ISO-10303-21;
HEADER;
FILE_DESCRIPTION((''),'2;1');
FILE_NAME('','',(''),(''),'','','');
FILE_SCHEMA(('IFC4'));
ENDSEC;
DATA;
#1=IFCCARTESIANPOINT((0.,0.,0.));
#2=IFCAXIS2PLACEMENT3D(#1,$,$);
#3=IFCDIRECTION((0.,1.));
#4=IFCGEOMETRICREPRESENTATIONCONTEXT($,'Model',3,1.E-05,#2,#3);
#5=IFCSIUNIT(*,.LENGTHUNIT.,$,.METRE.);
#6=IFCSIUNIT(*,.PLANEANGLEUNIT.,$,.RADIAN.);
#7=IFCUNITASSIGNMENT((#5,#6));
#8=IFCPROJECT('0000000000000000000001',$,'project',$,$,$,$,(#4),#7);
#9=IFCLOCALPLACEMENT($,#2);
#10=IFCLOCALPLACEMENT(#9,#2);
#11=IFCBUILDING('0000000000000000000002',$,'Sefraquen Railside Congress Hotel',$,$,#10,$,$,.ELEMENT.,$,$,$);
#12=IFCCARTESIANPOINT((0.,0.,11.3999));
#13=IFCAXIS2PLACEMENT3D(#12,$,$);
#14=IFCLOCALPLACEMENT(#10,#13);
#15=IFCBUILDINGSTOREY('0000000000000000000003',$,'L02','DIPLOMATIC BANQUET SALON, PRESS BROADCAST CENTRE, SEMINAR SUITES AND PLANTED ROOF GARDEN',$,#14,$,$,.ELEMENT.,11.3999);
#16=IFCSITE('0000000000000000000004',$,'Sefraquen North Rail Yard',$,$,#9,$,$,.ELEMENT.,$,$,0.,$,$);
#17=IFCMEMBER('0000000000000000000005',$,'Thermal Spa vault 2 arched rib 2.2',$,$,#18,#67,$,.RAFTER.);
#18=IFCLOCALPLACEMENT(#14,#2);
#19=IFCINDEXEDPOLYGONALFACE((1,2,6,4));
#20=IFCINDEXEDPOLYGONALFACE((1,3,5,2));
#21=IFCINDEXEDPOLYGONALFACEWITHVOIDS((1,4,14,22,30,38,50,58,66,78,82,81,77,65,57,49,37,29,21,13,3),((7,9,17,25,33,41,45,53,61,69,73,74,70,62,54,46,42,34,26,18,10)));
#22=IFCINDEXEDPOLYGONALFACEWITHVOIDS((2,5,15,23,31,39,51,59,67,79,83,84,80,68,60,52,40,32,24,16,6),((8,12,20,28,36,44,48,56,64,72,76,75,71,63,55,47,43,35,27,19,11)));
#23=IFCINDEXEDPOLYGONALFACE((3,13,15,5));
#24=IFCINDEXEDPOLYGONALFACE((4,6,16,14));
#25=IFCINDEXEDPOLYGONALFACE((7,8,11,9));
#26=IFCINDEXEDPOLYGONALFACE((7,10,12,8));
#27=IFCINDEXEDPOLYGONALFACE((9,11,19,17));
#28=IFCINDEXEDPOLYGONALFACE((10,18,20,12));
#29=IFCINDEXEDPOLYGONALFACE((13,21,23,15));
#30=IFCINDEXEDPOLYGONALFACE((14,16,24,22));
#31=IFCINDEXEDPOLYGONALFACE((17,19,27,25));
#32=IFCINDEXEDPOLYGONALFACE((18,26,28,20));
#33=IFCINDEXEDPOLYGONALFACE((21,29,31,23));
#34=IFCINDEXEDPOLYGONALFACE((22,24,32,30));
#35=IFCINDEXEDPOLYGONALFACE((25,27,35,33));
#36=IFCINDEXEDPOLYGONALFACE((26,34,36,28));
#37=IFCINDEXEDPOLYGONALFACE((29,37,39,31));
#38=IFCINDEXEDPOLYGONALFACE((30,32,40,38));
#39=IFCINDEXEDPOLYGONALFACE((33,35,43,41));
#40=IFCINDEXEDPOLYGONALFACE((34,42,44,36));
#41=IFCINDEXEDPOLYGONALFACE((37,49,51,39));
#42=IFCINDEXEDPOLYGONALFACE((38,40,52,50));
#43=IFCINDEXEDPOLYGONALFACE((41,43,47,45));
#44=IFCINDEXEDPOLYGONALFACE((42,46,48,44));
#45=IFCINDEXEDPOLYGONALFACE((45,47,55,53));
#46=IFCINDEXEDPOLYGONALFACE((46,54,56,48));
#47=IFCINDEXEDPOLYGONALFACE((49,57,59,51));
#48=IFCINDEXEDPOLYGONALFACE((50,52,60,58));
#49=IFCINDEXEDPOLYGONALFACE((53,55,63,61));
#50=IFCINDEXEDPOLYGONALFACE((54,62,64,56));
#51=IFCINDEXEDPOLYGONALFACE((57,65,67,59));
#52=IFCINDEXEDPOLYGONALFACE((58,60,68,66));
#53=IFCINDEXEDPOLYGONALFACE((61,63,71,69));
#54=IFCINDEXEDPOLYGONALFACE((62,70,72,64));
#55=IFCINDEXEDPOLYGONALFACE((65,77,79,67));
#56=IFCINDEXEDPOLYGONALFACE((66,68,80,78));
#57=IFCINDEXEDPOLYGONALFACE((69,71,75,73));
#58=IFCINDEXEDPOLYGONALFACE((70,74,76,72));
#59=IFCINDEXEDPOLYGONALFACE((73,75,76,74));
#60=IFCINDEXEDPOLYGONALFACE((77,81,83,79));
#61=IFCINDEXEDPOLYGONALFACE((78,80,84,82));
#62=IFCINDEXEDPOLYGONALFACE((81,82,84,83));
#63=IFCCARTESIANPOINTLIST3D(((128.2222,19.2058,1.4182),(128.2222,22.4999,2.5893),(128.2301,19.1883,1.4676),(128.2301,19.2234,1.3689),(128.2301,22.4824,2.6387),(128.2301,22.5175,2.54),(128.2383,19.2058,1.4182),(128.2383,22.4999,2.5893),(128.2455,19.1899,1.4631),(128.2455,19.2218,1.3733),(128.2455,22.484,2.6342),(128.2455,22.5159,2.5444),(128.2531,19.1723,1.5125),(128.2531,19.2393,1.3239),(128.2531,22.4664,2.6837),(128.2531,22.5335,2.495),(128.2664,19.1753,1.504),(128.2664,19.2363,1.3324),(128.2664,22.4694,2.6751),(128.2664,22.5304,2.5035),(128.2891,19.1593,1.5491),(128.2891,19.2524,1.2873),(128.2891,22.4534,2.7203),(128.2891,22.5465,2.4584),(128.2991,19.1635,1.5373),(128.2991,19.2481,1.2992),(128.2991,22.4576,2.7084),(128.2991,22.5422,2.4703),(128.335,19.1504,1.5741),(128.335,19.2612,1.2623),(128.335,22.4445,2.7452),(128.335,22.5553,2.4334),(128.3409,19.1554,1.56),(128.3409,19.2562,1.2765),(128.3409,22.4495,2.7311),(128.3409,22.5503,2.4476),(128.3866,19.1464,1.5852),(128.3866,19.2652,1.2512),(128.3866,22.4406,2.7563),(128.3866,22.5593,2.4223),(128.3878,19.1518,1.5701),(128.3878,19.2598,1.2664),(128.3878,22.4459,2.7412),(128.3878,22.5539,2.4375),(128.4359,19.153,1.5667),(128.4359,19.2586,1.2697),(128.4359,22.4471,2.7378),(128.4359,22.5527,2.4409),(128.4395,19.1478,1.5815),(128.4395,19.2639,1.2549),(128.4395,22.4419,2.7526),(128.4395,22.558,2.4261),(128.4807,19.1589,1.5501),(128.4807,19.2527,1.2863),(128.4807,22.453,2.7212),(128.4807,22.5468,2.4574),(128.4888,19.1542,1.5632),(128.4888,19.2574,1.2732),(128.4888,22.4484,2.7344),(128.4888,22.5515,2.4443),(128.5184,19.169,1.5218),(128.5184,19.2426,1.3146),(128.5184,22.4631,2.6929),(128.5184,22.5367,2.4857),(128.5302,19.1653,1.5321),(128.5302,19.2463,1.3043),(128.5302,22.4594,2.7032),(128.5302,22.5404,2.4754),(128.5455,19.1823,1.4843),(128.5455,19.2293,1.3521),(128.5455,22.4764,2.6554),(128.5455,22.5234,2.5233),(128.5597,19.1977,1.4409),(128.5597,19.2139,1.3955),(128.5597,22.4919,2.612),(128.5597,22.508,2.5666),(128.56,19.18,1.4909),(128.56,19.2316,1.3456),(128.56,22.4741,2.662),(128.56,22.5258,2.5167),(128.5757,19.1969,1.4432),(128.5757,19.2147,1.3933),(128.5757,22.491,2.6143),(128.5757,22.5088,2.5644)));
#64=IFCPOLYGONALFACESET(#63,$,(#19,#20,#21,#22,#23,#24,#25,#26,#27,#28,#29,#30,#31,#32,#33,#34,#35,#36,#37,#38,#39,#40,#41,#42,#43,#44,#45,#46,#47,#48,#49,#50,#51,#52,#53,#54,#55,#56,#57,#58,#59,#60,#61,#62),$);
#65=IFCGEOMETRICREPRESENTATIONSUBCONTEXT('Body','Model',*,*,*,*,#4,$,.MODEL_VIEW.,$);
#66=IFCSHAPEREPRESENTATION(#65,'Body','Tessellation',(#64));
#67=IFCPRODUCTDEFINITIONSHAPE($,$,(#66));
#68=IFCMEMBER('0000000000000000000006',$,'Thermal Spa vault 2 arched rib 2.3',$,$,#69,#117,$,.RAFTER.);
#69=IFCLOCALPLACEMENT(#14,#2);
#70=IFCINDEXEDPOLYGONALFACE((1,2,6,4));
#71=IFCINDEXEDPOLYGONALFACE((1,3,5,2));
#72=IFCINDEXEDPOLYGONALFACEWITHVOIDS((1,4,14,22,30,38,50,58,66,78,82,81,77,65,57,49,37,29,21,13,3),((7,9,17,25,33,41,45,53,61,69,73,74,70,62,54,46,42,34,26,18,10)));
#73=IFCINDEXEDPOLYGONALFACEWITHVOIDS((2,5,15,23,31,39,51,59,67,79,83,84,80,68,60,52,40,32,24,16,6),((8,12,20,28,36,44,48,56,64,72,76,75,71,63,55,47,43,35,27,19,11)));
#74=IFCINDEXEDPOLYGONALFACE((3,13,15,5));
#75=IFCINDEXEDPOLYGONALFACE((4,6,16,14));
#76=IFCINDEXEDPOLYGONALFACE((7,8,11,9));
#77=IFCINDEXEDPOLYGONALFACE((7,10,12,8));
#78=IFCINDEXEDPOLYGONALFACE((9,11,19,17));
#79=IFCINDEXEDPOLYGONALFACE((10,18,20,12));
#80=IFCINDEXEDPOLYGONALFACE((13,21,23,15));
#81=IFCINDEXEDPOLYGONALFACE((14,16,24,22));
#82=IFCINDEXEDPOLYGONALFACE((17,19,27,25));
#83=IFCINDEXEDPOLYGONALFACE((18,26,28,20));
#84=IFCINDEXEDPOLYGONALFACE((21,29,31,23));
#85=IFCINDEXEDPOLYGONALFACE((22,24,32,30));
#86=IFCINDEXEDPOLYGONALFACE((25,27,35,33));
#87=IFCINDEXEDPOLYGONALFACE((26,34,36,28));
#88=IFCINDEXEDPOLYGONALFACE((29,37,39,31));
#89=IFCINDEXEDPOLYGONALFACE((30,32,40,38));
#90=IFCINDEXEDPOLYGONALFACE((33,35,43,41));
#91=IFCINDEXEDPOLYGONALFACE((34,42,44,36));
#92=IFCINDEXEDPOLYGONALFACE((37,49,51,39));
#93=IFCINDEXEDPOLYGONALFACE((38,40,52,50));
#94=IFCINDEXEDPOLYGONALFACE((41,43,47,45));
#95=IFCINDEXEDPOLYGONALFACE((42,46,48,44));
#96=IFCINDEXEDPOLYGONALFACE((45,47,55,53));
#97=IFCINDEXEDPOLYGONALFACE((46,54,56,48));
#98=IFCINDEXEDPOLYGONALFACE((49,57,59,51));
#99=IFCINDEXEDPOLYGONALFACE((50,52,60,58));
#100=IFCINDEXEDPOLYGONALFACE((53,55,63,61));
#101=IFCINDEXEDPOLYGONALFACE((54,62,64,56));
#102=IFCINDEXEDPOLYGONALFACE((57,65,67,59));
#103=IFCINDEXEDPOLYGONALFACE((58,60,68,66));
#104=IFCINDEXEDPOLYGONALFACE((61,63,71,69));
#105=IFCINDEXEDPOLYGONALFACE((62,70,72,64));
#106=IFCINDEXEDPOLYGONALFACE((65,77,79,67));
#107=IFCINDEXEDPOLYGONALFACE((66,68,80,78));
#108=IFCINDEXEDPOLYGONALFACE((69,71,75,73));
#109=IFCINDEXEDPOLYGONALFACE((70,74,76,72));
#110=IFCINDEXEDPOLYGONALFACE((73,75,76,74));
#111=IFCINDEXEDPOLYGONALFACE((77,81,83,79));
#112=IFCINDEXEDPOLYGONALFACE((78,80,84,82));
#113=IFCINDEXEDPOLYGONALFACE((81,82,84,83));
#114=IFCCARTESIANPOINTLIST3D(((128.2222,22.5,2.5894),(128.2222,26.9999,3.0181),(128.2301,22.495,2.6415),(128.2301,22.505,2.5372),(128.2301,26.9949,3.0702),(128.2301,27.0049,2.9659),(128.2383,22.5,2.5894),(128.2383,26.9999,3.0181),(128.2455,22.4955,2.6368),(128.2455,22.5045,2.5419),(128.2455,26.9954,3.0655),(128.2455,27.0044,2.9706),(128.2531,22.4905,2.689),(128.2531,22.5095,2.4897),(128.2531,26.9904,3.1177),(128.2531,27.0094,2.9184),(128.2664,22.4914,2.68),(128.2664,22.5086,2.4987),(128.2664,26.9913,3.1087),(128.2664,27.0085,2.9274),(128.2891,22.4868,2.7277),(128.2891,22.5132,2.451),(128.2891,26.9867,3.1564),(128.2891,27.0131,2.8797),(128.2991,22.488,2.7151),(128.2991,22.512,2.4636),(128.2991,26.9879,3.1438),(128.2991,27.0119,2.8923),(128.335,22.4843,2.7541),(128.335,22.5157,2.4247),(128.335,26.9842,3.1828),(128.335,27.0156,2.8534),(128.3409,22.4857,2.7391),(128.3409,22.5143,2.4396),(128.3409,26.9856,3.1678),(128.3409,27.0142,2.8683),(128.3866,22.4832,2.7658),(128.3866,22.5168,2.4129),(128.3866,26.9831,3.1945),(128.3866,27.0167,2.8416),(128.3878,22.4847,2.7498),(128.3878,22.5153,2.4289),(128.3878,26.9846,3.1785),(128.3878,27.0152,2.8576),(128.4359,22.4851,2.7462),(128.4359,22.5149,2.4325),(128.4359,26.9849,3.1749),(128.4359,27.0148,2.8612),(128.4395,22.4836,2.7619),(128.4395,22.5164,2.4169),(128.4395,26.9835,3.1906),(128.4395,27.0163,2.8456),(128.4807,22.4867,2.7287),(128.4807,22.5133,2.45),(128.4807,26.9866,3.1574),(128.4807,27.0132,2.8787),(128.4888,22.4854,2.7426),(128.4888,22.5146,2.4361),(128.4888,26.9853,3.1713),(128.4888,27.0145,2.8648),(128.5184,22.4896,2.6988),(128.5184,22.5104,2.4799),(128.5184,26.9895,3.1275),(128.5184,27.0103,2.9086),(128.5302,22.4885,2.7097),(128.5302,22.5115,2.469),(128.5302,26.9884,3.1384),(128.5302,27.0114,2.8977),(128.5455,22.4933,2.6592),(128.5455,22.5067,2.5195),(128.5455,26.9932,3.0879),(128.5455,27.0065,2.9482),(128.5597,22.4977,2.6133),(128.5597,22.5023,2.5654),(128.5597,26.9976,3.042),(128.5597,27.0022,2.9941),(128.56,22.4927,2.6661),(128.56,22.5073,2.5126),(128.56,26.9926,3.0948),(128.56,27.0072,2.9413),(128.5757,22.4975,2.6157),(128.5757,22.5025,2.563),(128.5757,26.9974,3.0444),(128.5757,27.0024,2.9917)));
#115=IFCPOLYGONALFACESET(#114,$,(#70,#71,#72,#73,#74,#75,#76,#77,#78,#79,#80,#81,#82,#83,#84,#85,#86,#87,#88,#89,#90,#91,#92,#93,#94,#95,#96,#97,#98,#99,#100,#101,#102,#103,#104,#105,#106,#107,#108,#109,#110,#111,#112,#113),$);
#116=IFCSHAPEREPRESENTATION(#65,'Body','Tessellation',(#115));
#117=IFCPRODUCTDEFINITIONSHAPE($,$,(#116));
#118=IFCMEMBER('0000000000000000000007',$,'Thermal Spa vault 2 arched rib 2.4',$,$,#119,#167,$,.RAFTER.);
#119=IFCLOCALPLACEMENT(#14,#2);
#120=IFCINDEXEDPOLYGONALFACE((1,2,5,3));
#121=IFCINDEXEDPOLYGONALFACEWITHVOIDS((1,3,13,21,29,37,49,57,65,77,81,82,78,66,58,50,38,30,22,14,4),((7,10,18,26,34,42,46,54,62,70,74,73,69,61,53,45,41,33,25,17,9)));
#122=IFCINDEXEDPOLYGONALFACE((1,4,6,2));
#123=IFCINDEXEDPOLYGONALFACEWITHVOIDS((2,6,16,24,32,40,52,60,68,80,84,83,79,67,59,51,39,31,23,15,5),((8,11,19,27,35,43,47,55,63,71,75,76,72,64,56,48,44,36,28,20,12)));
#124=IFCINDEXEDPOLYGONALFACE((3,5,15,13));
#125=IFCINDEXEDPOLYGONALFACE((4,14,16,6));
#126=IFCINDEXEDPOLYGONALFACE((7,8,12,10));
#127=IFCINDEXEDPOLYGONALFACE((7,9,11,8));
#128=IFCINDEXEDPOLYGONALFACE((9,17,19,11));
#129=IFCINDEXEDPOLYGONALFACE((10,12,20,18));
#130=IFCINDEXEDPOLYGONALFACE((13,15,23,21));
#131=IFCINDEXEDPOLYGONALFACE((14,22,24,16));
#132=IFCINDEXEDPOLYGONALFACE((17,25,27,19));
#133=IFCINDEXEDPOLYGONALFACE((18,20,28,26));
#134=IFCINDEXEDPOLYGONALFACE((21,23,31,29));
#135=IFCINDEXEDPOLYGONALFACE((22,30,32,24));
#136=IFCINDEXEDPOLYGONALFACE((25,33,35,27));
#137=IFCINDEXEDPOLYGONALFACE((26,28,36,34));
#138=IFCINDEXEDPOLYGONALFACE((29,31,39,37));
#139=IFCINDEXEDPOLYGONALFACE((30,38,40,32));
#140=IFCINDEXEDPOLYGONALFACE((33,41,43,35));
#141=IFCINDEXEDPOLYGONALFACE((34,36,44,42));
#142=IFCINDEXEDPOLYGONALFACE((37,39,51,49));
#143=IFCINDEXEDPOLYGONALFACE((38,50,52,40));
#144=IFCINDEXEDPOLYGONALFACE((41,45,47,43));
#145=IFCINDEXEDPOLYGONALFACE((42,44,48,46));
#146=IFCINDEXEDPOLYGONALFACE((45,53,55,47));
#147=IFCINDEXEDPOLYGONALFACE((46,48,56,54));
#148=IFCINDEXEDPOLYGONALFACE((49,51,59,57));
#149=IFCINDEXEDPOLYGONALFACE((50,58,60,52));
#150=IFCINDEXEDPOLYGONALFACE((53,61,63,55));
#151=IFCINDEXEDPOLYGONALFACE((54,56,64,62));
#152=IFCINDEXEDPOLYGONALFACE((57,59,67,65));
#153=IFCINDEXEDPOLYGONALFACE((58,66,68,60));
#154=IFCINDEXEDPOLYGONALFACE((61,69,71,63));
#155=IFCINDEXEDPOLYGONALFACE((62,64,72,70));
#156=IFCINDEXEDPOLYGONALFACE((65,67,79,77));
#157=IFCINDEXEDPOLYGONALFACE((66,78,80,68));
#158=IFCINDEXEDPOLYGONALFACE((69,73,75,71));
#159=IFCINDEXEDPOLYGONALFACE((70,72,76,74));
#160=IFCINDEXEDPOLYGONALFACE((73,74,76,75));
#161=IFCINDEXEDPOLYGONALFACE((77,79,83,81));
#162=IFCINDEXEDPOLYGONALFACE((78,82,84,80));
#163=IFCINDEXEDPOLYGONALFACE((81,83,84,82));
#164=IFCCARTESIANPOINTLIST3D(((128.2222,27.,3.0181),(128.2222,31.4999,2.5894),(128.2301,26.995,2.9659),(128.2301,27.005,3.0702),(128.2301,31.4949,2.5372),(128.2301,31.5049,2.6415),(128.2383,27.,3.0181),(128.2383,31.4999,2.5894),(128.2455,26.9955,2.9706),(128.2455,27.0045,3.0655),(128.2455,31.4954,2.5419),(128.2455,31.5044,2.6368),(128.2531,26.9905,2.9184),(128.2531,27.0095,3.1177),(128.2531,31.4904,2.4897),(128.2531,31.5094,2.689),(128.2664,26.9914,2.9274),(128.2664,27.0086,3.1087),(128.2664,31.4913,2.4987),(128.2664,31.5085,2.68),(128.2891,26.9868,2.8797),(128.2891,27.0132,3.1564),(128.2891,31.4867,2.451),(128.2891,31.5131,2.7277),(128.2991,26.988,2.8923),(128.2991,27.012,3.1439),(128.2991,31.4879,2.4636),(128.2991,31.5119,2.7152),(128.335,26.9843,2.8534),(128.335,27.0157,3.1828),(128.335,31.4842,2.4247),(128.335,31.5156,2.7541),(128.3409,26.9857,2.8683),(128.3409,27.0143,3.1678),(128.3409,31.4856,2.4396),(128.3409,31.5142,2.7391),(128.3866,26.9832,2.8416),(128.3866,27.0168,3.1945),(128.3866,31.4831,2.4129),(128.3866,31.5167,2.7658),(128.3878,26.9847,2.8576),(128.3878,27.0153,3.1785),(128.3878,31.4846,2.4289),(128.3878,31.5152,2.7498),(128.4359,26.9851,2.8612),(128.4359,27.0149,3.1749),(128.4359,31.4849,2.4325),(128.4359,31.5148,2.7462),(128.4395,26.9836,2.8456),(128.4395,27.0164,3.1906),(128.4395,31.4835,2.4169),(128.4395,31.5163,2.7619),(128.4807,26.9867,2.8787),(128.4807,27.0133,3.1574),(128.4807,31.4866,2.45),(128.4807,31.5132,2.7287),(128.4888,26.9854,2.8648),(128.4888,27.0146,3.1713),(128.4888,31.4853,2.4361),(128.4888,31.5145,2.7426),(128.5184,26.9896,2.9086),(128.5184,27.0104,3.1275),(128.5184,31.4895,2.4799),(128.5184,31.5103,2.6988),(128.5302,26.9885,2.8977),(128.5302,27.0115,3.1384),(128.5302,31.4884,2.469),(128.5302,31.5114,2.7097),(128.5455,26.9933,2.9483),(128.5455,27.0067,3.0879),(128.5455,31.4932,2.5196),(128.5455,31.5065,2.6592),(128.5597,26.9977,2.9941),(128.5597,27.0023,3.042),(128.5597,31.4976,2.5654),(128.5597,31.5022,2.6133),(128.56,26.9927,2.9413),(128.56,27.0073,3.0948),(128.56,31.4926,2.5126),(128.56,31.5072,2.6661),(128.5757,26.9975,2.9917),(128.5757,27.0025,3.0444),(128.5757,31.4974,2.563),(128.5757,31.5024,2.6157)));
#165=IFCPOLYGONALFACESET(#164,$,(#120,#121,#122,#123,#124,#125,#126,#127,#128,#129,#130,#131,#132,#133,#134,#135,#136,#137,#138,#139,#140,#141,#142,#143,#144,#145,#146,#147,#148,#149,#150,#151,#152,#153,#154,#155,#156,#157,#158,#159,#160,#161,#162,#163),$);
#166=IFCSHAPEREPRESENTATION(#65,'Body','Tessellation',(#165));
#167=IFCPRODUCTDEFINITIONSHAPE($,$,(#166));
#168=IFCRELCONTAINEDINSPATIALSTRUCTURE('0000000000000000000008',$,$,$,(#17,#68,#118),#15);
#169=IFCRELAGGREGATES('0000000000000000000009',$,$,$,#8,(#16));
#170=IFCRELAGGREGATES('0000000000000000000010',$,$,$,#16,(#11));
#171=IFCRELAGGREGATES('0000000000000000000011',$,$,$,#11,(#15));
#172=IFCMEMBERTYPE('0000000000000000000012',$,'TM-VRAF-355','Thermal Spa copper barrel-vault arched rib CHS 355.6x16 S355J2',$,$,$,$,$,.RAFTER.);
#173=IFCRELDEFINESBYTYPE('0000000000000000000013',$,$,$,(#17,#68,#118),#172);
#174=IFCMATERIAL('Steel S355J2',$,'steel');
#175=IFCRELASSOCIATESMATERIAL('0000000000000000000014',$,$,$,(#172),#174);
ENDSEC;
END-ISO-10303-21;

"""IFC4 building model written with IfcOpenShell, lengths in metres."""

from ifc_helpers import new_model, si_unit, direction, frame, origin, origin_2d, place, context, subcontext, project, spatial, hollow_circle, extrude, material, material_profile, profile_set, type_object, element, save


model = new_model("IFC4")

# Units and contexts
model_context = context("Model", 3, precision=1e-05, world=origin(), true_north=direction((0.0, 1.0)))
body_context = subcontext(model_context, "Body", "Model", "MODEL_VIEW")
ifc_project = project(units=[si_unit("LENGTHUNIT", "METRE"), si_unit("PLANEANGLEUNIT", "RADIAN")], contexts=[model_context])

# Site, building, storey
site_placement = place(None, origin())
site = spatial("IfcSite", under=ifc_project, at=site_placement, Name="Sefraquen North Rail Yard", CompositionType="ELEMENT", RefElevation=0.0)
building_placement = place(site_placement, origin())
building = spatial("IfcBuilding", under=site, at=building_placement, Name="Sefraquen Railside Congress Hotel", CompositionType="ELEMENT")
storey_placement = place(building_placement, frame((0.0, 0.0, 11.3999)))
storey = spatial("IfcBuildingStorey", under=building, at=storey_placement, Name="L02", Description="DIPLOMATIC BANQUET SALON, PRESS BROADCAST CENTRE, SEMINAR SUITES AND PLANTED ROOF GARDEN", CompositionType="ELEMENT", Elevation=11.3999)

# Members
ifc_material_1 = material(Name="Steel S355J2", Category="steel")
ifc_material_profile_1 = material_profile(ifc_material_1, hollow_circle(Radius=0.1777, WallThickness=0.0161, at=origin_2d()), Name="CHS 355.6x16")
ifc_profile_set_1 = profile_set([ifc_material_profile_1], Name="Steel S355J2")
member_type = type_object("IfcMemberType", Name="TM-VRAF-355", Description="Thermal Spa copper barrel-vault arched rib CHS 355.6x16 S355J2", PredefinedType="RAFTER", material=ifc_profile_set_1)
member_1_placement = place(storey_placement, frame((128.3999, 19.2058, 1.4182), z_axis=(0.0, 0.942226, 0.334978), x_axis=(-1.0, 0.0, 0.0)))
element("IfcMember", 1, at=member_1_placement, inside=storey, type_object=member_type, Name="Thermal Spa vault 2 arched rib 2.2", PredefinedType="RAFTER", context=body_context, shape_type="SweptSolid", body=[
    extrude(hollow_circle(Radius=0.1777, WallThickness=0.0161, at=origin_2d()), origin(), (0.0, 0.0, 1.0), 3.4961),
])
for number, where, z_axis, x_axis, name in (
    (2, (128.3999, 22.5, 2.5894), (0.0, 0.995493, 0.09484), (-1.0, 0.0, 0.0), "Thermal Spa vault 2 arched rib 2.3"),
    (3, (128.3999, 27.0, 3.0181), (0.0, 0.995493, -0.09484), (-1.0, 0.0, 0.0), "Thermal Spa vault 2 arched rib 2.4"),
):
    element("IfcMember", number, at=place(storey_placement, frame(where, z_axis=z_axis, x_axis=x_axis)), inside=storey, type_object=member_type, Name=name, PredefinedType="RAFTER", context=body_context, shape_type="SweptSolid", body=[
        extrude(hollow_circle(Radius=0.1777, WallThickness=0.0161, at=origin_2d()), origin(), (0.0, 0.0, 1.0), 4.5203),
    ])

save(model, "model.ifc")
